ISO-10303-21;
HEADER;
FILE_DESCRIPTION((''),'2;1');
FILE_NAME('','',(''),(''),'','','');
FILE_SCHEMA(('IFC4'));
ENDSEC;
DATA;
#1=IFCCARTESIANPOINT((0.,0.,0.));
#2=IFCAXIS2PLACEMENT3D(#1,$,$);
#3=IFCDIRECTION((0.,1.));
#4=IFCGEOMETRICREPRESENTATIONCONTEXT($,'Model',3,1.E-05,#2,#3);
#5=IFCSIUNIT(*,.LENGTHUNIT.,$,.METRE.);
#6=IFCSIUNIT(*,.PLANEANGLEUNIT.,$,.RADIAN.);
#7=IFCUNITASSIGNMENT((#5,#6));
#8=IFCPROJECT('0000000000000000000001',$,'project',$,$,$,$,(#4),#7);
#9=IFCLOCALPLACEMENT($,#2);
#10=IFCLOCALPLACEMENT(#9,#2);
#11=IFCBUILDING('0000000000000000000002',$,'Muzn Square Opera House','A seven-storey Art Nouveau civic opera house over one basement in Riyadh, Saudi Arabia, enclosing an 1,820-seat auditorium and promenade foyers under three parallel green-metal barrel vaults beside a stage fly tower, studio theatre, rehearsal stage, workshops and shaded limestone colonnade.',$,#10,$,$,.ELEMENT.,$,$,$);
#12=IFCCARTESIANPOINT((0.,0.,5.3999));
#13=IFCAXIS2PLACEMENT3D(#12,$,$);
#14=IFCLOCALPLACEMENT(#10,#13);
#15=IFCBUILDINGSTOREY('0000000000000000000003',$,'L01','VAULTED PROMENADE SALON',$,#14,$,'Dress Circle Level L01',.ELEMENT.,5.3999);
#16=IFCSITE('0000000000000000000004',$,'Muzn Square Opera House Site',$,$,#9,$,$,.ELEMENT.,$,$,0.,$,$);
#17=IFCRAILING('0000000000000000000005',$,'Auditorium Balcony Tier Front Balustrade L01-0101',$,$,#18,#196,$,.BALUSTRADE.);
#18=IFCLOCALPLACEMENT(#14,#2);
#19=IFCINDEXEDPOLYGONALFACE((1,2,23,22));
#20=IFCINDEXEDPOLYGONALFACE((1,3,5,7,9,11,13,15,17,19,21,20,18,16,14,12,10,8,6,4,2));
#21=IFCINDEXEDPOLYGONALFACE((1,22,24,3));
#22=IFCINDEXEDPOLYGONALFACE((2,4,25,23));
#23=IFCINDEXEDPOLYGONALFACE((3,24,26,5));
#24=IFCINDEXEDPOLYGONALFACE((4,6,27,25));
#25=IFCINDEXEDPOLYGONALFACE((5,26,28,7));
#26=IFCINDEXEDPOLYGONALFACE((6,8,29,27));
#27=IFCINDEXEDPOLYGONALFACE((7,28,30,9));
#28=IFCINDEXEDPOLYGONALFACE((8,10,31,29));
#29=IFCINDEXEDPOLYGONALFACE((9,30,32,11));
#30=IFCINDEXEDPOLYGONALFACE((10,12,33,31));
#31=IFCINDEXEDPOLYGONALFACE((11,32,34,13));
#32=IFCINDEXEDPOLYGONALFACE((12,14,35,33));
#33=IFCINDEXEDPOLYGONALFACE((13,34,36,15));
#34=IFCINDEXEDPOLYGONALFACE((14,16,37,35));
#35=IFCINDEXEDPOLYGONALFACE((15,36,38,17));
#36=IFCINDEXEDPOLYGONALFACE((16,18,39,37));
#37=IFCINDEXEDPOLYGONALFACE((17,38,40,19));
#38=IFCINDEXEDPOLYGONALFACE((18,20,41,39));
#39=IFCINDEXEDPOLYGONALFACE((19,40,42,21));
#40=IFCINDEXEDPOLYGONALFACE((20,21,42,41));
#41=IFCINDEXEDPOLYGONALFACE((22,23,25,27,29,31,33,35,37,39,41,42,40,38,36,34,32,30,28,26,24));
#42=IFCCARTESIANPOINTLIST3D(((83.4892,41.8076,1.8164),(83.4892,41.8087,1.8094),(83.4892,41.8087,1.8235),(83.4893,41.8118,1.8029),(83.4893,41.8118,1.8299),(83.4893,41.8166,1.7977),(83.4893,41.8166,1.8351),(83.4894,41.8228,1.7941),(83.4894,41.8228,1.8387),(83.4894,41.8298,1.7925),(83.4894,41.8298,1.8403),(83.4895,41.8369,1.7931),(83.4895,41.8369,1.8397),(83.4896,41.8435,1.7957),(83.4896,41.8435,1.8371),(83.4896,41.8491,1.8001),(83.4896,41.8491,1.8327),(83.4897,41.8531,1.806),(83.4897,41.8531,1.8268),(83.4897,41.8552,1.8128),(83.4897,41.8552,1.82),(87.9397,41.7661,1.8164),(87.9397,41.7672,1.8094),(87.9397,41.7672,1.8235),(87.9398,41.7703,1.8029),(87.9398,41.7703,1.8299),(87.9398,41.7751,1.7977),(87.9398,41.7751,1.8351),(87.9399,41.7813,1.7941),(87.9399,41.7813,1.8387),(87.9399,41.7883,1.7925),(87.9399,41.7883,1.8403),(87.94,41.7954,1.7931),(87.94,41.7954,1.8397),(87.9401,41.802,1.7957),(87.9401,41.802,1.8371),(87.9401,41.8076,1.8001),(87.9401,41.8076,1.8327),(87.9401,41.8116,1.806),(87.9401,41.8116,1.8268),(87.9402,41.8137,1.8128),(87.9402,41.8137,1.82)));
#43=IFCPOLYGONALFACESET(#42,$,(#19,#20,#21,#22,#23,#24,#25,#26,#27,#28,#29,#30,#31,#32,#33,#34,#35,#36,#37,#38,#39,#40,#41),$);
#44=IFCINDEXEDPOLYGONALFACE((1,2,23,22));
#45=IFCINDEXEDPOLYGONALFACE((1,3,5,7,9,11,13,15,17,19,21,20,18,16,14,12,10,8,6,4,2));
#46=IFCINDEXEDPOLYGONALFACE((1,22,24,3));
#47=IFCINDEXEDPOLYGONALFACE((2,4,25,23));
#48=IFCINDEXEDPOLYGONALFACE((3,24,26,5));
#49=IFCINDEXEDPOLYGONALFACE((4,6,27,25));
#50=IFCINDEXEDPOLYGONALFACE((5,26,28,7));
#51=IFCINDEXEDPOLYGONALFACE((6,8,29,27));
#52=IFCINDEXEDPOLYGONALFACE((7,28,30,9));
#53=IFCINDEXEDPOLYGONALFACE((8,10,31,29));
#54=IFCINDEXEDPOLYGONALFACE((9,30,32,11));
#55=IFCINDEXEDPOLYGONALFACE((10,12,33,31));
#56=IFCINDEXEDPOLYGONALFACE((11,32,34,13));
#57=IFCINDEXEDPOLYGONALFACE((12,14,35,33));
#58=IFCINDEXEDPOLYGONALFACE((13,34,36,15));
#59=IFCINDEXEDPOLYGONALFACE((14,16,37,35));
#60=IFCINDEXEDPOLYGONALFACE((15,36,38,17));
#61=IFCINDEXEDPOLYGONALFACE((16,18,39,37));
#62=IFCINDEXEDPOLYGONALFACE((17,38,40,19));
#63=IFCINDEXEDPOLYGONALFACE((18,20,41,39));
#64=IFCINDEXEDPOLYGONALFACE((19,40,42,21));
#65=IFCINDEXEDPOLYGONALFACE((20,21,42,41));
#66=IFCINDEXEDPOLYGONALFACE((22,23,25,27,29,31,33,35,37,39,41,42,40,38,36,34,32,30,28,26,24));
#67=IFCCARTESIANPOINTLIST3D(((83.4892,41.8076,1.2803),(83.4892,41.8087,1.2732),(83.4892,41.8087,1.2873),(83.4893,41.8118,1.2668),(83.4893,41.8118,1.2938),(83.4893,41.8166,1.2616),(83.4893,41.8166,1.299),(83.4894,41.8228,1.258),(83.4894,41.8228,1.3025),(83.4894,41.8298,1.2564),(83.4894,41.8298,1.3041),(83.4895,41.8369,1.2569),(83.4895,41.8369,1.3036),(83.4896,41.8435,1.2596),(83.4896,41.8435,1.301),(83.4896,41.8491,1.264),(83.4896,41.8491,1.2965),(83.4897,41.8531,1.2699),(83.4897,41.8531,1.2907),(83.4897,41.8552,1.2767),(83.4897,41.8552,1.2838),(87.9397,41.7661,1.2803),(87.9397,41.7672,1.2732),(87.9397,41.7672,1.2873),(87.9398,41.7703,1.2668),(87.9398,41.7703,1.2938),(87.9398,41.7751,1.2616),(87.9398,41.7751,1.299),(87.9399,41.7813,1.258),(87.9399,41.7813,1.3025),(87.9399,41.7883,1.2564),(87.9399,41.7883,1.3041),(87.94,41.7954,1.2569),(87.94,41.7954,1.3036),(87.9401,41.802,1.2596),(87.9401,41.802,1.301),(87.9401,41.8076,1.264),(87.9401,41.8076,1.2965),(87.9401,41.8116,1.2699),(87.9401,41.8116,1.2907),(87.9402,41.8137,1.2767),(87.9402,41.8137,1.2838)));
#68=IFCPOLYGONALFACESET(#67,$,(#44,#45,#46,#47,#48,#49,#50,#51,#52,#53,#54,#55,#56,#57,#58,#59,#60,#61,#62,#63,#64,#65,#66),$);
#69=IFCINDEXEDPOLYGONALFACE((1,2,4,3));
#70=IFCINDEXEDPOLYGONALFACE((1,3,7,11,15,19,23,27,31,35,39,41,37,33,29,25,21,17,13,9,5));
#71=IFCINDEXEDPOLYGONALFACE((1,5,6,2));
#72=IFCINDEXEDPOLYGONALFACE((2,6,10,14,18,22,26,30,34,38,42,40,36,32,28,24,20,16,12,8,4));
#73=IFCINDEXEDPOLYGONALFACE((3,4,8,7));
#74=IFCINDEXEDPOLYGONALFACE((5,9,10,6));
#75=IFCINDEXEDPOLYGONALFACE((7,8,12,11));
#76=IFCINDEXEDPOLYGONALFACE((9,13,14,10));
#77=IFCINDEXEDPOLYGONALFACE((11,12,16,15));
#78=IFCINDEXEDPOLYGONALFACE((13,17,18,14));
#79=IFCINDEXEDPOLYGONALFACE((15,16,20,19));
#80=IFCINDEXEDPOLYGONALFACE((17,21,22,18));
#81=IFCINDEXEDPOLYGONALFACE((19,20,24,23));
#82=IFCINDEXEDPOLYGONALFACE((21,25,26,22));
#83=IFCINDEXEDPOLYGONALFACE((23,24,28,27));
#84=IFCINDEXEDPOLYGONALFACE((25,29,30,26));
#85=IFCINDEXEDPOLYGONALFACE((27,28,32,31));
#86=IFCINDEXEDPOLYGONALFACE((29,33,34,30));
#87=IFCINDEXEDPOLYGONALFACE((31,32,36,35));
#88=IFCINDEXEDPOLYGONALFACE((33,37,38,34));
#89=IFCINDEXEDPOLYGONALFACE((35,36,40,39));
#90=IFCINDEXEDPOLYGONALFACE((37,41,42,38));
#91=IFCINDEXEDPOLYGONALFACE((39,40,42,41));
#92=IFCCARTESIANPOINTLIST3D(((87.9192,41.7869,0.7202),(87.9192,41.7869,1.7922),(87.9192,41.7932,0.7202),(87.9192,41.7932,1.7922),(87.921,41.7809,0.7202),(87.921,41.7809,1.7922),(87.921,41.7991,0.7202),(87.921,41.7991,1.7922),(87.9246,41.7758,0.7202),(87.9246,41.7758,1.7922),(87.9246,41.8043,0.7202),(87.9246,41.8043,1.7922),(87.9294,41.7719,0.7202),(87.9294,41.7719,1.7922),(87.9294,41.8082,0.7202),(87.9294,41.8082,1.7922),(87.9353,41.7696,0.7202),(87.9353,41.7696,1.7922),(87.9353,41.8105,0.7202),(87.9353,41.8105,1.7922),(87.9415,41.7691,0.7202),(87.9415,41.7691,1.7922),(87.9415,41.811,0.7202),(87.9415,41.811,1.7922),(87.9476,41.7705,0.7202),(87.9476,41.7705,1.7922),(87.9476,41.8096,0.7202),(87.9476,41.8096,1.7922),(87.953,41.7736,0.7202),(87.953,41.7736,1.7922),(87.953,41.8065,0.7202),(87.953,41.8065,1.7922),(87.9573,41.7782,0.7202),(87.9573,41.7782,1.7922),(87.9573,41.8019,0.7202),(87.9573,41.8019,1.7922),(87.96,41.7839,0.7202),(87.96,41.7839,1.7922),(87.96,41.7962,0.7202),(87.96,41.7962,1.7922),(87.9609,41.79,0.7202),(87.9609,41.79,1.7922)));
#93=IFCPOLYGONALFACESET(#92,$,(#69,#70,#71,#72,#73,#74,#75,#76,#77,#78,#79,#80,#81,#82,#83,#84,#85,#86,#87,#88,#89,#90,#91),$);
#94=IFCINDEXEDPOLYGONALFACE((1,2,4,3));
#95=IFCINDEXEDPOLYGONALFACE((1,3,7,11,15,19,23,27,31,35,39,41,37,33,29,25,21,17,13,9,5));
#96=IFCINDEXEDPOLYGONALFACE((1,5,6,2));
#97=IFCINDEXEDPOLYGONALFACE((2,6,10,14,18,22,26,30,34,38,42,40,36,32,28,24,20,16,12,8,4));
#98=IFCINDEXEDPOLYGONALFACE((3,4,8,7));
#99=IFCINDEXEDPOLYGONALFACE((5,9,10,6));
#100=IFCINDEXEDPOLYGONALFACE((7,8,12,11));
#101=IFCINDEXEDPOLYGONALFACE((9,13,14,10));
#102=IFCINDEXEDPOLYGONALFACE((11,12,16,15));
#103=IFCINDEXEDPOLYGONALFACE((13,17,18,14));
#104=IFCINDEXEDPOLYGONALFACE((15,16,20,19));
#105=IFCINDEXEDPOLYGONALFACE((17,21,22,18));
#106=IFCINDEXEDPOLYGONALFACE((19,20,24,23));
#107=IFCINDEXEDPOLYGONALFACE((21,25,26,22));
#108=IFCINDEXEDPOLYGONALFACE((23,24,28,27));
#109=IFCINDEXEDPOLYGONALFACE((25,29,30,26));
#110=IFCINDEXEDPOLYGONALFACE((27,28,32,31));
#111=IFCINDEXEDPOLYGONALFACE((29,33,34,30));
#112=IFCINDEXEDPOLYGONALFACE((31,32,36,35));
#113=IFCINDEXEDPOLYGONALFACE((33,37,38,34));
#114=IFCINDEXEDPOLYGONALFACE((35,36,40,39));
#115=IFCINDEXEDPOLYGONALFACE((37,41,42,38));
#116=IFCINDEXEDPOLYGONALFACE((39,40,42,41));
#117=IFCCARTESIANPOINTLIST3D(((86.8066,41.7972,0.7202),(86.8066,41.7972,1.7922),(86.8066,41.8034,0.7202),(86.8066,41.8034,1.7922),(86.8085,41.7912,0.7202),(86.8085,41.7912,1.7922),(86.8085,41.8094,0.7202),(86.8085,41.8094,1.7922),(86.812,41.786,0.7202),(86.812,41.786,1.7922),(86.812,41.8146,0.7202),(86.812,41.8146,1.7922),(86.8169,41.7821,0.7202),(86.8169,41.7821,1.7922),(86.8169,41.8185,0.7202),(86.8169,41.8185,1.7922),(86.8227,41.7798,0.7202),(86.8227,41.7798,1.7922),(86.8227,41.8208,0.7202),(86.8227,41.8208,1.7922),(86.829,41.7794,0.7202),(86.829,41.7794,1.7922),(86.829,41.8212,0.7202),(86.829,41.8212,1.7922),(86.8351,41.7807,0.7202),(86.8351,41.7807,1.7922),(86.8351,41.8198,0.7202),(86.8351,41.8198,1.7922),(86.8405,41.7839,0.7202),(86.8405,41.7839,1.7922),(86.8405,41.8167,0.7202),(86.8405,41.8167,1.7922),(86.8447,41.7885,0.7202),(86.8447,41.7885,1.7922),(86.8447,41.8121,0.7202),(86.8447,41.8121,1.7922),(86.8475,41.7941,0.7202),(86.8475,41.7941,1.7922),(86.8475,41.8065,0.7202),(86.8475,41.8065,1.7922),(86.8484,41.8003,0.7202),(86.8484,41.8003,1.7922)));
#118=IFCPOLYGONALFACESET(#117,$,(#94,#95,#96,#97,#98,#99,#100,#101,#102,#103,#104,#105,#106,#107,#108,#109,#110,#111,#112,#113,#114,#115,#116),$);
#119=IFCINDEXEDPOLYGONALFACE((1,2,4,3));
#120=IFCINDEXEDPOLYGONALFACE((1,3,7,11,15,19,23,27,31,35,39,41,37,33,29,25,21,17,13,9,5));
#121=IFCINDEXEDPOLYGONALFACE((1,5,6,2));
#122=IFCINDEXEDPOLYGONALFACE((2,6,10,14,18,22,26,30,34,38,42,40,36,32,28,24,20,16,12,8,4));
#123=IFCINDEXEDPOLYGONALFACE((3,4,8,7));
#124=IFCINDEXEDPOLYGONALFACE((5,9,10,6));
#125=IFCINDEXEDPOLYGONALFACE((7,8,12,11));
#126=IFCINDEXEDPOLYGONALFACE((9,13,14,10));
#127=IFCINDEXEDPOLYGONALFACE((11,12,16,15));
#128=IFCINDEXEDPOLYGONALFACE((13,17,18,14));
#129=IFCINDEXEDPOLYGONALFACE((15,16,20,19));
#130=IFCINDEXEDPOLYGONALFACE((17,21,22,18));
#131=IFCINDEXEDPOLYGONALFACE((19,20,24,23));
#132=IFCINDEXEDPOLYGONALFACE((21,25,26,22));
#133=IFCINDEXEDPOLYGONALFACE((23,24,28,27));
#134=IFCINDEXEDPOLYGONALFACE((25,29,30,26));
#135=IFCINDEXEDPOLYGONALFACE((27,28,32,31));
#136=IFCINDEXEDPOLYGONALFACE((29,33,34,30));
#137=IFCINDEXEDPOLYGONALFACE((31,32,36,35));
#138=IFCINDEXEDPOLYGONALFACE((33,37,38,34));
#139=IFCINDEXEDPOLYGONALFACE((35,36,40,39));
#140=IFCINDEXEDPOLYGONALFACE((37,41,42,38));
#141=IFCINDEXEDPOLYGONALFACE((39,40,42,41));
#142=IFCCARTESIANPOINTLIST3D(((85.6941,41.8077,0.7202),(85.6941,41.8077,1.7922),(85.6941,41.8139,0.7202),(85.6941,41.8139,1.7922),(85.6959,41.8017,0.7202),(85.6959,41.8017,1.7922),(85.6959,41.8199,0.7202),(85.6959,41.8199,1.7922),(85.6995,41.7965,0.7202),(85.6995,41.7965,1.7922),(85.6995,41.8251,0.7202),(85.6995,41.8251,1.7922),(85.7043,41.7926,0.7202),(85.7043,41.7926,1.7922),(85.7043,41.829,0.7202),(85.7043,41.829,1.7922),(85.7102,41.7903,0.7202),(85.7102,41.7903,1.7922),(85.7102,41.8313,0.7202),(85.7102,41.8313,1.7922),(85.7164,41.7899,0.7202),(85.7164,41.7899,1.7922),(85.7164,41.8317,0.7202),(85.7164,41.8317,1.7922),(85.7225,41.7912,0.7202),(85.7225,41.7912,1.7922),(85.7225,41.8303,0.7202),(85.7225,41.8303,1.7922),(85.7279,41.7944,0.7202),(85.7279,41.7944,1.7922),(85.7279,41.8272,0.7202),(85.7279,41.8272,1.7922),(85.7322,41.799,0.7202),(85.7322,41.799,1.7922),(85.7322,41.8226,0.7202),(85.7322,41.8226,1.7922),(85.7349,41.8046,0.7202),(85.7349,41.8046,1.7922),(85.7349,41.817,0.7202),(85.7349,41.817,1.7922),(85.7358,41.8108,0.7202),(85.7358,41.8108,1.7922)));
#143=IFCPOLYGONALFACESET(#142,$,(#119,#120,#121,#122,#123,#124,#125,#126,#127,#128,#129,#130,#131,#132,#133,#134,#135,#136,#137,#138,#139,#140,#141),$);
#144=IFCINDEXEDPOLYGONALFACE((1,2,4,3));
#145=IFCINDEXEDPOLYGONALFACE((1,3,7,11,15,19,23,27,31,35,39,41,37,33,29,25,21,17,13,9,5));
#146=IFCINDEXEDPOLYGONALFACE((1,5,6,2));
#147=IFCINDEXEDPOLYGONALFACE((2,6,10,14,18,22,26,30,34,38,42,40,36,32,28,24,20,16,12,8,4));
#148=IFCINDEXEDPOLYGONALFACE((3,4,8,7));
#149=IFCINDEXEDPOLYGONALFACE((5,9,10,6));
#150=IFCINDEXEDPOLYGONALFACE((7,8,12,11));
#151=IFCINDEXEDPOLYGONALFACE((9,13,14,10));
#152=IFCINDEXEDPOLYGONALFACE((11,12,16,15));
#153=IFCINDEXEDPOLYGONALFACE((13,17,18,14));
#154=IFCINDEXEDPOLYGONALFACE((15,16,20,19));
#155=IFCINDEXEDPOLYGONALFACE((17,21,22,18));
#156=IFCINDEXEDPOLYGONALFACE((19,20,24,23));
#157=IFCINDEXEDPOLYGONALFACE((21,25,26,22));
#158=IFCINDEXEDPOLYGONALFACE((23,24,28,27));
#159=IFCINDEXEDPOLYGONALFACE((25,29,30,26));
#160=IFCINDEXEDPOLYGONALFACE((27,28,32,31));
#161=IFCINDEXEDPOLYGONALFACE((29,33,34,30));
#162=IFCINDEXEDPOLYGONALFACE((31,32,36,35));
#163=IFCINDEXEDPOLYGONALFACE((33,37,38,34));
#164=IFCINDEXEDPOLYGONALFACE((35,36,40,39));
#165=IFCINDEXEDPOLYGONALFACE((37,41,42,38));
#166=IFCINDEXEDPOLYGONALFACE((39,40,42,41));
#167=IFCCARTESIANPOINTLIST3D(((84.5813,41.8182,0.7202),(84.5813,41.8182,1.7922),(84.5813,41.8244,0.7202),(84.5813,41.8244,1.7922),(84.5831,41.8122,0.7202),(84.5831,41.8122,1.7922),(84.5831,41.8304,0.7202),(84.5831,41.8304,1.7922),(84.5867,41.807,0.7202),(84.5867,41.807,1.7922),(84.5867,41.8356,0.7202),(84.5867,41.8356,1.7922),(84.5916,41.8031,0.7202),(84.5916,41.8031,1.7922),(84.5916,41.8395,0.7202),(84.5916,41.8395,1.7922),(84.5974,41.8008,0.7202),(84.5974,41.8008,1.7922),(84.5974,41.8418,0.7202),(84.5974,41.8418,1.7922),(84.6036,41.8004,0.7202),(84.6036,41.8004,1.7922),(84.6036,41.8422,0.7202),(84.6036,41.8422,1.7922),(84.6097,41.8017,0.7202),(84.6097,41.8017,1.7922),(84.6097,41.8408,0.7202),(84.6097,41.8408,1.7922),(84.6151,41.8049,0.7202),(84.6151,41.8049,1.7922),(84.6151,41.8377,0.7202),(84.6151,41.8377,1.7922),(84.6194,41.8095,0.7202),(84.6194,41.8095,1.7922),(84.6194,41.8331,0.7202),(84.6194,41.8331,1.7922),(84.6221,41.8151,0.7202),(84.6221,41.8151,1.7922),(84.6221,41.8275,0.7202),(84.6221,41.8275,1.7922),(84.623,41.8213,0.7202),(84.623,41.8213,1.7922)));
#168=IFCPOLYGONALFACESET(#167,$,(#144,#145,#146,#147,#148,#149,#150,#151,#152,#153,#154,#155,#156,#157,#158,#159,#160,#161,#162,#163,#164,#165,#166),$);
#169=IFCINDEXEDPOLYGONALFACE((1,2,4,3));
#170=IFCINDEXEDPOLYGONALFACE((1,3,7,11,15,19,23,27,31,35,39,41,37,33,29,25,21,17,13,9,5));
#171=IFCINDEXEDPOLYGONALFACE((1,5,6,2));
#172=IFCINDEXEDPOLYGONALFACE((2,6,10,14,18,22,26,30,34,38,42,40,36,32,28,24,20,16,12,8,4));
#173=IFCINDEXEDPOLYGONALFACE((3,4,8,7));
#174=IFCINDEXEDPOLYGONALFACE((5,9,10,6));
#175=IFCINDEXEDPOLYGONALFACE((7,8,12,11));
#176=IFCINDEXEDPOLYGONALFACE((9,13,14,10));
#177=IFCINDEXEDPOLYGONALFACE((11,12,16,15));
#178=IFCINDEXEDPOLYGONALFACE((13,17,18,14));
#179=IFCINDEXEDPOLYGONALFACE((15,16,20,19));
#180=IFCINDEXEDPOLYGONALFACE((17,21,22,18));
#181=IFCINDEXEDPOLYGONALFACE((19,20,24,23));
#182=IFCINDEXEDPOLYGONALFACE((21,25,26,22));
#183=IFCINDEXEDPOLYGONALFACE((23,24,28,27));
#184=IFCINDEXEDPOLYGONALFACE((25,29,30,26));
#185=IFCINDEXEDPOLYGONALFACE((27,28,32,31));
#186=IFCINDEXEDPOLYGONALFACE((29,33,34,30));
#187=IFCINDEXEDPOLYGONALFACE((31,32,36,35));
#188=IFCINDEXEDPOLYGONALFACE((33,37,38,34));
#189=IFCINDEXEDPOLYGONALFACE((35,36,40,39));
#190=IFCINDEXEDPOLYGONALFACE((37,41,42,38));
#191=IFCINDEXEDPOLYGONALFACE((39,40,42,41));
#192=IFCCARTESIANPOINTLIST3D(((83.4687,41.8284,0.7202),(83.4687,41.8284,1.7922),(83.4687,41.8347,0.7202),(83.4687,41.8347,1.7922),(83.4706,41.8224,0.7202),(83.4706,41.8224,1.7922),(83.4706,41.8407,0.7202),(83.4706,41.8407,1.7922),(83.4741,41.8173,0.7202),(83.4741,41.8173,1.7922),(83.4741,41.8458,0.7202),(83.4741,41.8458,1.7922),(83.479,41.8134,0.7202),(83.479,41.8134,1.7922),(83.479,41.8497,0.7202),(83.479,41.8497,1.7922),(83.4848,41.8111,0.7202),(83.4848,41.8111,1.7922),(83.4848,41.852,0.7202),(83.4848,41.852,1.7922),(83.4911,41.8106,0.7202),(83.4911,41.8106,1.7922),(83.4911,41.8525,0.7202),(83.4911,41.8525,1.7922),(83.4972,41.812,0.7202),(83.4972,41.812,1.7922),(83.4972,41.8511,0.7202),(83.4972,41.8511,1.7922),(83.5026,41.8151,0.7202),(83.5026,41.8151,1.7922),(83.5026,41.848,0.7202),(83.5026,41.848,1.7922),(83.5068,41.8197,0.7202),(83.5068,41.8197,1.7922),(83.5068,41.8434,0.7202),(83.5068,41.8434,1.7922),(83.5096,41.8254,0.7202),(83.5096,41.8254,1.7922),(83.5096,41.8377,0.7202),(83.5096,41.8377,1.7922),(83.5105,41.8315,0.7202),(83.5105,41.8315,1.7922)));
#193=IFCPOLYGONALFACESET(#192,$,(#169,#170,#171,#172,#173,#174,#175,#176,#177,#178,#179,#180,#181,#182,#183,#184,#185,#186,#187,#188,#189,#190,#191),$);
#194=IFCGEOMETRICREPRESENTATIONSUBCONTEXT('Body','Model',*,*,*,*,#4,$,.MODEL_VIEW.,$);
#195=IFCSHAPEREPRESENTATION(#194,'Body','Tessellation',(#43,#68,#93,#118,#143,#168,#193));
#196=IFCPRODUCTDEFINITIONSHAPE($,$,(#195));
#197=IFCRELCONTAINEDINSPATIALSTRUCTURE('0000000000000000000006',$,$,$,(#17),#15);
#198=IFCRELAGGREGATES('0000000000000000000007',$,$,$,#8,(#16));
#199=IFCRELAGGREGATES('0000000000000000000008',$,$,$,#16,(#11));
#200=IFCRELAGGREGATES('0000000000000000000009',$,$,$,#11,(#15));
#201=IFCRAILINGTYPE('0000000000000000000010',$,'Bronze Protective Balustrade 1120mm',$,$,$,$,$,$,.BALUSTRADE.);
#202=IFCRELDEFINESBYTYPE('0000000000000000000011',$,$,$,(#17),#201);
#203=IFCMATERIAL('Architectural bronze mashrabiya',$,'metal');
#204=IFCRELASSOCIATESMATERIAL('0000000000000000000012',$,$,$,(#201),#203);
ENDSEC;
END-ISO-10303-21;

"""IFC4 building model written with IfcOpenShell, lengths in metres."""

from ifc_helpers import new_model, si_unit, direction, frame, origin, origin_2d, place, context, subcontext, project, spatial, circle, extrude, material, type_object, element, save


model = new_model("IFC4")

# Units and contexts
model_context = context("Model", 3, precision=1e-05, world=origin(), true_north=direction((0.0, 1.0)))
body_context = subcontext(model_context, "Body", "Model", "MODEL_VIEW")
ifc_project = project(units=[si_unit("LENGTHUNIT", "METRE"), si_unit("PLANEANGLEUNIT", "RADIAN")], contexts=[model_context])

# Site, building, storey
site_placement = place(None, origin())
site = spatial("IfcSite", under=ifc_project, at=site_placement, Name="Muzn Square Opera House Site", CompositionType="ELEMENT", RefElevation=0.0)
building_placement = place(site_placement, origin())
building = spatial("IfcBuilding", under=site, at=building_placement, Name="Muzn Square Opera House", Description="A seven-storey Art Nouveau civic opera house over one basement in Riyadh, Saudi Arabia, enclosing an 1,820-seat auditorium and promenade foyers under three parallel green-metal barrel vaults beside a stage fly tower, studio theatre, rehearsal stage, workshops and shaded limestone colonnade.", CompositionType="ELEMENT")
storey_placement = place(building_placement, frame((0.0, 0.0, 5.3999)))
storey = spatial("IfcBuildingStorey", under=building, at=storey_placement, Name="L01", Description="VAULTED PROMENADE SALON", LongName="Dress Circle Level L01", CompositionType="ELEMENT", Elevation=5.3999)

# Railing
ifc_material_1 = material(Name="Architectural bronze mashrabiya", Category="metal")
railing_type_1 = type_object("IfcRailingType", Name="Bronze Protective Balustrade 1120mm", PredefinedType="BALUSTRADE", material=ifc_material_1)
railing_1_placement = place(storey_placement, frame((87.9399, 41.79, 0.7202)))
element("IfcRailing", 1, at=railing_1_placement, inside=storey, type_object=railing_type_1, Name="Auditorium Balcony Tier Front Balustrade L01-0101", PredefinedType="BALUSTRADE", context=body_context, shape_type="SweptSolid", body=[
    extrude(circle(Radius=0.0239, at=origin_2d()), frame((0.0, 0.0, 1.0962), z_axis=(-0.999957, 0.009325, 0.0), x_axis=(-0.009325, -0.999957, 0.0)), (0.0, 0.0, 1.0), 4.4507),
    extrude(circle(Radius=0.0239, at=origin_2d()), frame((0.0, 0.0, 0.5601), z_axis=(-0.999957, 0.009325, 0.0), x_axis=(-0.009325, -0.999957, 0.0)), (0.0, 0.0, 1.0), 4.4507),
    extrude(circle(Radius=0.021, at=origin_2d()), origin(), (0.0, 0.0, 1.0), 1.072),
    extrude(circle(Radius=0.021, at=origin_2d()), frame((-1.1125, 0.0103, 0.0)), (0.0, 0.0, 1.0), 1.072),
    extrude(circle(Radius=0.021, at=origin_2d()), frame((-2.2251, 0.0208, 0.0)), (0.0, 0.0, 1.0), 1.072),
    extrude(circle(Radius=0.021, at=origin_2d()), frame((-3.3379, 0.0312, 0.0)), (0.0, 0.0, 1.0), 1.072),
    extrude(circle(Radius=0.021, at=origin_2d()), frame((-4.4504, 0.0415, 0.0)), (0.0, 0.0, 1.0), 1.072),
])

save(model, "model.ifc")
